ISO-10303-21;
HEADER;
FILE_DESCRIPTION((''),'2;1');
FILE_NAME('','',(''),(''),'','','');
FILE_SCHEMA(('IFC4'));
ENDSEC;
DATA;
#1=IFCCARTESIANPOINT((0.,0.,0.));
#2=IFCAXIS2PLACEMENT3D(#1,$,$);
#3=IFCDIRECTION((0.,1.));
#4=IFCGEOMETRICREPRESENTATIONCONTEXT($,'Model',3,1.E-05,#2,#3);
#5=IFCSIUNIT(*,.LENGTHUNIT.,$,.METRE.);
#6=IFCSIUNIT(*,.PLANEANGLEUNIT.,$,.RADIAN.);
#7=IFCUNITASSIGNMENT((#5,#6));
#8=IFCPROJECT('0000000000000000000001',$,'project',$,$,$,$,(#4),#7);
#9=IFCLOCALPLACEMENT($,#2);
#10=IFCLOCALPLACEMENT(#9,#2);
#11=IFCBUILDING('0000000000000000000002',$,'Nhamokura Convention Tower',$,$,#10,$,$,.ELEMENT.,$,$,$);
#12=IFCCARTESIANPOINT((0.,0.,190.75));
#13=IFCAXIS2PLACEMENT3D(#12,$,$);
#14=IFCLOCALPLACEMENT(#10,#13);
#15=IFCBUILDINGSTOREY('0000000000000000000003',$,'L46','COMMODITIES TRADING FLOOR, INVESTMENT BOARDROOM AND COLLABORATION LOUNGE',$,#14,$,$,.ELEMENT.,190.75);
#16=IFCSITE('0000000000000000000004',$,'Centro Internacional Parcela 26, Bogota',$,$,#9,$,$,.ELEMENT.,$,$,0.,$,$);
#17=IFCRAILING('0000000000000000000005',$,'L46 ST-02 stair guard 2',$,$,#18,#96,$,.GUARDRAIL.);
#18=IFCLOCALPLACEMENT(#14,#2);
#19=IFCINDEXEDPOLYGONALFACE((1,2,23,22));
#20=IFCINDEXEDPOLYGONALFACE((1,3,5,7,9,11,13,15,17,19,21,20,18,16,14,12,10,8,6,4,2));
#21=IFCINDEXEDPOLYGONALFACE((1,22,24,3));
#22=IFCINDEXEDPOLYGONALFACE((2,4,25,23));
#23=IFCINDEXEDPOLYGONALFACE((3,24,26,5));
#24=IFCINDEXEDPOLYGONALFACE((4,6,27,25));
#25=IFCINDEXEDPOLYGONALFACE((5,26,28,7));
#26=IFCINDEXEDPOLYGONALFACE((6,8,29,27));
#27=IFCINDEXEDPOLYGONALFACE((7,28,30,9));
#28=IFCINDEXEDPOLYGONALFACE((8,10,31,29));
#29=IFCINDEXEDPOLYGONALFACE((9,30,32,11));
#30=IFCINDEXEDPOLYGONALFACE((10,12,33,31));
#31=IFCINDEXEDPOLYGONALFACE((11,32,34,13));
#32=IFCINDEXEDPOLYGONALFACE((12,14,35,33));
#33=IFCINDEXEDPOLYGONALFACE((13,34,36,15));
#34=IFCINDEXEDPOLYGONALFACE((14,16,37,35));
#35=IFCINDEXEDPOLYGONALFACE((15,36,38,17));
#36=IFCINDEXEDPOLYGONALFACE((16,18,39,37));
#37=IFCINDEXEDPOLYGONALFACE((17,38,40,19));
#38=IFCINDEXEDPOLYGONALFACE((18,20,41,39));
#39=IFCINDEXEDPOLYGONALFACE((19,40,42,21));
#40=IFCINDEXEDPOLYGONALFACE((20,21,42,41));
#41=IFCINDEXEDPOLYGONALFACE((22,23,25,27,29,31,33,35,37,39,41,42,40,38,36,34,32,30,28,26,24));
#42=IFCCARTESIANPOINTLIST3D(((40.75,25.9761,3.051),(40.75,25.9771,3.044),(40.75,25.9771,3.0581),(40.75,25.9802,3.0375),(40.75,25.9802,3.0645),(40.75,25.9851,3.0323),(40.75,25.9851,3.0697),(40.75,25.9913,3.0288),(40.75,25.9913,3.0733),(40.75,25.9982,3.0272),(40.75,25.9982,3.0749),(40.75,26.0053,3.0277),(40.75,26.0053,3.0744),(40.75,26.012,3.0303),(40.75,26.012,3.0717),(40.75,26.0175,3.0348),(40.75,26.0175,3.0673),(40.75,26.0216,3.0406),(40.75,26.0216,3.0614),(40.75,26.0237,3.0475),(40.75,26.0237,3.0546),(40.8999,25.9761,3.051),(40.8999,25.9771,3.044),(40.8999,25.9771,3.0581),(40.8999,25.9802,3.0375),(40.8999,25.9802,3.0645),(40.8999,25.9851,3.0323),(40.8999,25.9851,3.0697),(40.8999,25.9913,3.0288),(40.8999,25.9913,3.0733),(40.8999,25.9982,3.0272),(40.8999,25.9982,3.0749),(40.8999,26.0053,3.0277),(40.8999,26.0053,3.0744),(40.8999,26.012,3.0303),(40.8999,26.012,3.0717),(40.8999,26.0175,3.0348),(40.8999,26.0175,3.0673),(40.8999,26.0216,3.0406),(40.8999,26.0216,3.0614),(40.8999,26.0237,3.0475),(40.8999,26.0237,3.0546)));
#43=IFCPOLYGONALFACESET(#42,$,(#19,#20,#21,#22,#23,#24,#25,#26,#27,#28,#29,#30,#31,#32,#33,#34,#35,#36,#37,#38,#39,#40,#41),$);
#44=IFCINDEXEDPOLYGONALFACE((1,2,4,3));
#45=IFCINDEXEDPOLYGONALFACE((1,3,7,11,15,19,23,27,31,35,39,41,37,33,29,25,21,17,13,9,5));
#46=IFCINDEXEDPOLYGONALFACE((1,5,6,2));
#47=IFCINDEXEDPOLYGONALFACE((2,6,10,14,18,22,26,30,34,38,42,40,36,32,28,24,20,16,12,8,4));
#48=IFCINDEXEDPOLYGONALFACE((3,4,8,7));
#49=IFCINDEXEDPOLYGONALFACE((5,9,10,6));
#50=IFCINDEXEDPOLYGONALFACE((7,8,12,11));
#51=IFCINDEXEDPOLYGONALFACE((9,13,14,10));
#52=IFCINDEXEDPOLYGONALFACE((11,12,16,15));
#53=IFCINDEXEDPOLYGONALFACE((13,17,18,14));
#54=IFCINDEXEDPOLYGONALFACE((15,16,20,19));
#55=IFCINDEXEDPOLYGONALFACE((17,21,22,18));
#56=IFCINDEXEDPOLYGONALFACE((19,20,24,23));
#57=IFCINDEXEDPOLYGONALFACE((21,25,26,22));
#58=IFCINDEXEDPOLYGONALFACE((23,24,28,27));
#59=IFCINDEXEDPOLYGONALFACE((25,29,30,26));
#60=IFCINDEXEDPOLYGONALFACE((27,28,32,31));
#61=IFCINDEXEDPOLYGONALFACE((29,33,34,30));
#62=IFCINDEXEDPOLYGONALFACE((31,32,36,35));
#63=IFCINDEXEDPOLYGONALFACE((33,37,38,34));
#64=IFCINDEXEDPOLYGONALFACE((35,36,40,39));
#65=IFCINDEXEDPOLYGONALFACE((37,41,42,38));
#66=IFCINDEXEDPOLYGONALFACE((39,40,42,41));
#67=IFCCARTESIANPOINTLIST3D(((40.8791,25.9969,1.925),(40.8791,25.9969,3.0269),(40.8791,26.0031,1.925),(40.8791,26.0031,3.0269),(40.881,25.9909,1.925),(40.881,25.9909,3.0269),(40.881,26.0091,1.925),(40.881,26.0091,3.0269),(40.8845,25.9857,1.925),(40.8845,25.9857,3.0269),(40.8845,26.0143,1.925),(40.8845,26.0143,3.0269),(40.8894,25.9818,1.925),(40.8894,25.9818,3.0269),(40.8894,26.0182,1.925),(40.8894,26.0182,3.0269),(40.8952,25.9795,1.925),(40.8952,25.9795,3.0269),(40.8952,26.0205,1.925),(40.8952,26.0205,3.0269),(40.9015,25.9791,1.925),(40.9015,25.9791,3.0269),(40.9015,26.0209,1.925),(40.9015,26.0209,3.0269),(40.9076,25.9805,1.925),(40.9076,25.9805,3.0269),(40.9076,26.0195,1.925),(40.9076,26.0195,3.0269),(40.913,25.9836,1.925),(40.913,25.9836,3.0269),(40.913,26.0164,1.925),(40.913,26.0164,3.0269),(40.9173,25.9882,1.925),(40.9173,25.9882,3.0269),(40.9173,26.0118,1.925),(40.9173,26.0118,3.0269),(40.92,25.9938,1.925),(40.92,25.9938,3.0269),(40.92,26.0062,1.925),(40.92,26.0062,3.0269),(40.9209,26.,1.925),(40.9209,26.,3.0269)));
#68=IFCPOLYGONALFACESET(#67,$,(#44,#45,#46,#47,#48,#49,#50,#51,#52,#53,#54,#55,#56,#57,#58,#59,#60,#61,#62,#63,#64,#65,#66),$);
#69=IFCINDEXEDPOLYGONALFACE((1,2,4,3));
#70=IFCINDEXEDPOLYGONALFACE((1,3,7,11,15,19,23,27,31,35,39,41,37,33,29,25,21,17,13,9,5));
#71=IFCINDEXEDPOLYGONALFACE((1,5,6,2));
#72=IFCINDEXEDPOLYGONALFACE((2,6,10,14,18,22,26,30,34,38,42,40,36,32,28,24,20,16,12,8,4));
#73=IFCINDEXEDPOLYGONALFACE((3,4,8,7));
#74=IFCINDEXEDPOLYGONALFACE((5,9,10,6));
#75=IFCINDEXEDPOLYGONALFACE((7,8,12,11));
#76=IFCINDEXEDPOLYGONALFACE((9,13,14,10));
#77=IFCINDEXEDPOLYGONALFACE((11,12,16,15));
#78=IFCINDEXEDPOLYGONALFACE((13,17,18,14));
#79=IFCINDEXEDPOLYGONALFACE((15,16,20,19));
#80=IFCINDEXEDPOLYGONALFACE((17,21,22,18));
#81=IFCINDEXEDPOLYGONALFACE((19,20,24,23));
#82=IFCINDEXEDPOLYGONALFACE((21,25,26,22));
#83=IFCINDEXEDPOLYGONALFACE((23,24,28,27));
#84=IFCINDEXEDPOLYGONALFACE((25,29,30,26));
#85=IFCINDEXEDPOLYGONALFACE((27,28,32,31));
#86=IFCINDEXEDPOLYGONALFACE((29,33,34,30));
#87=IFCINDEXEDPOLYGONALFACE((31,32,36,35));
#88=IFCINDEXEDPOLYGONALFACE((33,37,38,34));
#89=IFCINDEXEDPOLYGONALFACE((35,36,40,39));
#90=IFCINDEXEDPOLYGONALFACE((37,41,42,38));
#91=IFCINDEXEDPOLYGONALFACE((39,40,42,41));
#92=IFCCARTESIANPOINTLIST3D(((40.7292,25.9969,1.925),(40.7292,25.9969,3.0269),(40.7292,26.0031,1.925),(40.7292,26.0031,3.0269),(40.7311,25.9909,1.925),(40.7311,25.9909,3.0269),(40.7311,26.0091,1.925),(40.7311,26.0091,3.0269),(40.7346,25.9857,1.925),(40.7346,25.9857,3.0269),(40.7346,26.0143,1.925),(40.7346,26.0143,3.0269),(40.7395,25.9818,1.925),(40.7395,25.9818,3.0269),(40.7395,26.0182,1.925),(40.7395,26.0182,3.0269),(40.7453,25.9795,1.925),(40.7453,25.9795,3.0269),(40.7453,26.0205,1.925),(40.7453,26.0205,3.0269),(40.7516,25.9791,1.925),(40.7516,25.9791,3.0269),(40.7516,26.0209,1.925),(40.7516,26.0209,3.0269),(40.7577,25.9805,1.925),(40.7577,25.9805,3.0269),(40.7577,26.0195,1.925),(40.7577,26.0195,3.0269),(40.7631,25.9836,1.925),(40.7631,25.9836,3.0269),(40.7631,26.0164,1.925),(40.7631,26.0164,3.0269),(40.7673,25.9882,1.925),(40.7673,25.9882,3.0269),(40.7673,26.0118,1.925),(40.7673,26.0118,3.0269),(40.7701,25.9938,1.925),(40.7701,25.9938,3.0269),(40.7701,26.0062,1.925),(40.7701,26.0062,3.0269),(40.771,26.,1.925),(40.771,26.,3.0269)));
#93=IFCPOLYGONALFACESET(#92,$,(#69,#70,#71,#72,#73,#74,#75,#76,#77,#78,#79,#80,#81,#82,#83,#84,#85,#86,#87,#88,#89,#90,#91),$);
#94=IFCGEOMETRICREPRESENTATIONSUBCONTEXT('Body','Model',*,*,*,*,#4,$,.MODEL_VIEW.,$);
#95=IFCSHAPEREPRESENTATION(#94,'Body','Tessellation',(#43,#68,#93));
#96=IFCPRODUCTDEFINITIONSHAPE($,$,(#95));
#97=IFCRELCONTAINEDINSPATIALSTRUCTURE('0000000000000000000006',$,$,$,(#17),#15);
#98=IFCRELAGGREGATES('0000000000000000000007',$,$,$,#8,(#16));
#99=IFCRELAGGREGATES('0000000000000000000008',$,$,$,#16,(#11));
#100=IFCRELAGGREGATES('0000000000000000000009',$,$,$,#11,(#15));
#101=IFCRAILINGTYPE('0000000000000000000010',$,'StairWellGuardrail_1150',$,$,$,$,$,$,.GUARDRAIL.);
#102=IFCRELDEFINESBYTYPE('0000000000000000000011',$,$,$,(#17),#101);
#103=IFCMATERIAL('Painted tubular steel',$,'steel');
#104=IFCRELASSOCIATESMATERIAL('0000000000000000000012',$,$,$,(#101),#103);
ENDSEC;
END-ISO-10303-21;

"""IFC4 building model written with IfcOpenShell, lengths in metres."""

from ifc_helpers import new_model, si_unit, direction, frame, origin, origin_2d, place, context, subcontext, project, spatial, circle, extrude, material, type_object, element, save


model = new_model("IFC4")

# Units and contexts
model_context = context("Model", 3, precision=1e-05, world=origin(), true_north=direction((0.0, 1.0)))
body_context = subcontext(model_context, "Body", "Model", "MODEL_VIEW")
ifc_project = project(units=[si_unit("LENGTHUNIT", "METRE"), si_unit("PLANEANGLEUNIT", "RADIAN")], contexts=[model_context])

# Site, building, storey
site_placement = place(None, origin())
site = spatial("IfcSite", under=ifc_project, at=site_placement, Name="Centro Internacional Parcela 26, Bogota", CompositionType="ELEMENT", RefElevation=0.0)
building_placement = place(site_placement, origin())
building = spatial("IfcBuilding", under=site, at=building_placement, Name="Nhamokura Convention Tower", CompositionType="ELEMENT")
storey_placement = place(building_placement, frame((0.0, 0.0, 190.75)))
storey = spatial("IfcBuildingStorey", under=building, at=storey_placement, Name="L46", Description="COMMODITIES TRADING FLOOR, INVESTMENT BOARDROOM AND COLLABORATION LOUNGE", CompositionType="ELEMENT", Elevation=190.75)

# Railing
ifc_material_1 = material(Name="Painted tubular steel", Category="steel")
railing_type_1 = type_object("IfcRailingType", Name="StairWellGuardrail_1150", PredefinedType="GUARDRAIL", material=ifc_material_1)
railing_1_placement = place(storey_placement, frame((40.8999, 26.0, 1.925)))
element("IfcRailing", 1, at=railing_1_placement, inside=storey, type_object=railing_type_1, Name="L46 ST-02 stair guard 2", PredefinedType="GUARDRAIL", context=body_context, shape_type="SweptSolid", body=[
    extrude(circle(Radius=0.0239, at=origin_2d()), frame((0.0, 0.0, 1.126), z_axis=(-1.0, 0.0, 0.0), x_axis=(0.0, -1.0, 0.0)), (0.0, 0.0, 1.0), 0.1499),
    extrude(circle(Radius=0.021, at=origin_2d()), origin(), (0.0, 0.0, 1.0), 1.1018),
    extrude(circle(Radius=0.021, at=origin_2d()), frame((-0.1499, 0.0, 0.0)), (0.0, 0.0, 1.0), 1.1018),
])

save(model, "model.ifc")
